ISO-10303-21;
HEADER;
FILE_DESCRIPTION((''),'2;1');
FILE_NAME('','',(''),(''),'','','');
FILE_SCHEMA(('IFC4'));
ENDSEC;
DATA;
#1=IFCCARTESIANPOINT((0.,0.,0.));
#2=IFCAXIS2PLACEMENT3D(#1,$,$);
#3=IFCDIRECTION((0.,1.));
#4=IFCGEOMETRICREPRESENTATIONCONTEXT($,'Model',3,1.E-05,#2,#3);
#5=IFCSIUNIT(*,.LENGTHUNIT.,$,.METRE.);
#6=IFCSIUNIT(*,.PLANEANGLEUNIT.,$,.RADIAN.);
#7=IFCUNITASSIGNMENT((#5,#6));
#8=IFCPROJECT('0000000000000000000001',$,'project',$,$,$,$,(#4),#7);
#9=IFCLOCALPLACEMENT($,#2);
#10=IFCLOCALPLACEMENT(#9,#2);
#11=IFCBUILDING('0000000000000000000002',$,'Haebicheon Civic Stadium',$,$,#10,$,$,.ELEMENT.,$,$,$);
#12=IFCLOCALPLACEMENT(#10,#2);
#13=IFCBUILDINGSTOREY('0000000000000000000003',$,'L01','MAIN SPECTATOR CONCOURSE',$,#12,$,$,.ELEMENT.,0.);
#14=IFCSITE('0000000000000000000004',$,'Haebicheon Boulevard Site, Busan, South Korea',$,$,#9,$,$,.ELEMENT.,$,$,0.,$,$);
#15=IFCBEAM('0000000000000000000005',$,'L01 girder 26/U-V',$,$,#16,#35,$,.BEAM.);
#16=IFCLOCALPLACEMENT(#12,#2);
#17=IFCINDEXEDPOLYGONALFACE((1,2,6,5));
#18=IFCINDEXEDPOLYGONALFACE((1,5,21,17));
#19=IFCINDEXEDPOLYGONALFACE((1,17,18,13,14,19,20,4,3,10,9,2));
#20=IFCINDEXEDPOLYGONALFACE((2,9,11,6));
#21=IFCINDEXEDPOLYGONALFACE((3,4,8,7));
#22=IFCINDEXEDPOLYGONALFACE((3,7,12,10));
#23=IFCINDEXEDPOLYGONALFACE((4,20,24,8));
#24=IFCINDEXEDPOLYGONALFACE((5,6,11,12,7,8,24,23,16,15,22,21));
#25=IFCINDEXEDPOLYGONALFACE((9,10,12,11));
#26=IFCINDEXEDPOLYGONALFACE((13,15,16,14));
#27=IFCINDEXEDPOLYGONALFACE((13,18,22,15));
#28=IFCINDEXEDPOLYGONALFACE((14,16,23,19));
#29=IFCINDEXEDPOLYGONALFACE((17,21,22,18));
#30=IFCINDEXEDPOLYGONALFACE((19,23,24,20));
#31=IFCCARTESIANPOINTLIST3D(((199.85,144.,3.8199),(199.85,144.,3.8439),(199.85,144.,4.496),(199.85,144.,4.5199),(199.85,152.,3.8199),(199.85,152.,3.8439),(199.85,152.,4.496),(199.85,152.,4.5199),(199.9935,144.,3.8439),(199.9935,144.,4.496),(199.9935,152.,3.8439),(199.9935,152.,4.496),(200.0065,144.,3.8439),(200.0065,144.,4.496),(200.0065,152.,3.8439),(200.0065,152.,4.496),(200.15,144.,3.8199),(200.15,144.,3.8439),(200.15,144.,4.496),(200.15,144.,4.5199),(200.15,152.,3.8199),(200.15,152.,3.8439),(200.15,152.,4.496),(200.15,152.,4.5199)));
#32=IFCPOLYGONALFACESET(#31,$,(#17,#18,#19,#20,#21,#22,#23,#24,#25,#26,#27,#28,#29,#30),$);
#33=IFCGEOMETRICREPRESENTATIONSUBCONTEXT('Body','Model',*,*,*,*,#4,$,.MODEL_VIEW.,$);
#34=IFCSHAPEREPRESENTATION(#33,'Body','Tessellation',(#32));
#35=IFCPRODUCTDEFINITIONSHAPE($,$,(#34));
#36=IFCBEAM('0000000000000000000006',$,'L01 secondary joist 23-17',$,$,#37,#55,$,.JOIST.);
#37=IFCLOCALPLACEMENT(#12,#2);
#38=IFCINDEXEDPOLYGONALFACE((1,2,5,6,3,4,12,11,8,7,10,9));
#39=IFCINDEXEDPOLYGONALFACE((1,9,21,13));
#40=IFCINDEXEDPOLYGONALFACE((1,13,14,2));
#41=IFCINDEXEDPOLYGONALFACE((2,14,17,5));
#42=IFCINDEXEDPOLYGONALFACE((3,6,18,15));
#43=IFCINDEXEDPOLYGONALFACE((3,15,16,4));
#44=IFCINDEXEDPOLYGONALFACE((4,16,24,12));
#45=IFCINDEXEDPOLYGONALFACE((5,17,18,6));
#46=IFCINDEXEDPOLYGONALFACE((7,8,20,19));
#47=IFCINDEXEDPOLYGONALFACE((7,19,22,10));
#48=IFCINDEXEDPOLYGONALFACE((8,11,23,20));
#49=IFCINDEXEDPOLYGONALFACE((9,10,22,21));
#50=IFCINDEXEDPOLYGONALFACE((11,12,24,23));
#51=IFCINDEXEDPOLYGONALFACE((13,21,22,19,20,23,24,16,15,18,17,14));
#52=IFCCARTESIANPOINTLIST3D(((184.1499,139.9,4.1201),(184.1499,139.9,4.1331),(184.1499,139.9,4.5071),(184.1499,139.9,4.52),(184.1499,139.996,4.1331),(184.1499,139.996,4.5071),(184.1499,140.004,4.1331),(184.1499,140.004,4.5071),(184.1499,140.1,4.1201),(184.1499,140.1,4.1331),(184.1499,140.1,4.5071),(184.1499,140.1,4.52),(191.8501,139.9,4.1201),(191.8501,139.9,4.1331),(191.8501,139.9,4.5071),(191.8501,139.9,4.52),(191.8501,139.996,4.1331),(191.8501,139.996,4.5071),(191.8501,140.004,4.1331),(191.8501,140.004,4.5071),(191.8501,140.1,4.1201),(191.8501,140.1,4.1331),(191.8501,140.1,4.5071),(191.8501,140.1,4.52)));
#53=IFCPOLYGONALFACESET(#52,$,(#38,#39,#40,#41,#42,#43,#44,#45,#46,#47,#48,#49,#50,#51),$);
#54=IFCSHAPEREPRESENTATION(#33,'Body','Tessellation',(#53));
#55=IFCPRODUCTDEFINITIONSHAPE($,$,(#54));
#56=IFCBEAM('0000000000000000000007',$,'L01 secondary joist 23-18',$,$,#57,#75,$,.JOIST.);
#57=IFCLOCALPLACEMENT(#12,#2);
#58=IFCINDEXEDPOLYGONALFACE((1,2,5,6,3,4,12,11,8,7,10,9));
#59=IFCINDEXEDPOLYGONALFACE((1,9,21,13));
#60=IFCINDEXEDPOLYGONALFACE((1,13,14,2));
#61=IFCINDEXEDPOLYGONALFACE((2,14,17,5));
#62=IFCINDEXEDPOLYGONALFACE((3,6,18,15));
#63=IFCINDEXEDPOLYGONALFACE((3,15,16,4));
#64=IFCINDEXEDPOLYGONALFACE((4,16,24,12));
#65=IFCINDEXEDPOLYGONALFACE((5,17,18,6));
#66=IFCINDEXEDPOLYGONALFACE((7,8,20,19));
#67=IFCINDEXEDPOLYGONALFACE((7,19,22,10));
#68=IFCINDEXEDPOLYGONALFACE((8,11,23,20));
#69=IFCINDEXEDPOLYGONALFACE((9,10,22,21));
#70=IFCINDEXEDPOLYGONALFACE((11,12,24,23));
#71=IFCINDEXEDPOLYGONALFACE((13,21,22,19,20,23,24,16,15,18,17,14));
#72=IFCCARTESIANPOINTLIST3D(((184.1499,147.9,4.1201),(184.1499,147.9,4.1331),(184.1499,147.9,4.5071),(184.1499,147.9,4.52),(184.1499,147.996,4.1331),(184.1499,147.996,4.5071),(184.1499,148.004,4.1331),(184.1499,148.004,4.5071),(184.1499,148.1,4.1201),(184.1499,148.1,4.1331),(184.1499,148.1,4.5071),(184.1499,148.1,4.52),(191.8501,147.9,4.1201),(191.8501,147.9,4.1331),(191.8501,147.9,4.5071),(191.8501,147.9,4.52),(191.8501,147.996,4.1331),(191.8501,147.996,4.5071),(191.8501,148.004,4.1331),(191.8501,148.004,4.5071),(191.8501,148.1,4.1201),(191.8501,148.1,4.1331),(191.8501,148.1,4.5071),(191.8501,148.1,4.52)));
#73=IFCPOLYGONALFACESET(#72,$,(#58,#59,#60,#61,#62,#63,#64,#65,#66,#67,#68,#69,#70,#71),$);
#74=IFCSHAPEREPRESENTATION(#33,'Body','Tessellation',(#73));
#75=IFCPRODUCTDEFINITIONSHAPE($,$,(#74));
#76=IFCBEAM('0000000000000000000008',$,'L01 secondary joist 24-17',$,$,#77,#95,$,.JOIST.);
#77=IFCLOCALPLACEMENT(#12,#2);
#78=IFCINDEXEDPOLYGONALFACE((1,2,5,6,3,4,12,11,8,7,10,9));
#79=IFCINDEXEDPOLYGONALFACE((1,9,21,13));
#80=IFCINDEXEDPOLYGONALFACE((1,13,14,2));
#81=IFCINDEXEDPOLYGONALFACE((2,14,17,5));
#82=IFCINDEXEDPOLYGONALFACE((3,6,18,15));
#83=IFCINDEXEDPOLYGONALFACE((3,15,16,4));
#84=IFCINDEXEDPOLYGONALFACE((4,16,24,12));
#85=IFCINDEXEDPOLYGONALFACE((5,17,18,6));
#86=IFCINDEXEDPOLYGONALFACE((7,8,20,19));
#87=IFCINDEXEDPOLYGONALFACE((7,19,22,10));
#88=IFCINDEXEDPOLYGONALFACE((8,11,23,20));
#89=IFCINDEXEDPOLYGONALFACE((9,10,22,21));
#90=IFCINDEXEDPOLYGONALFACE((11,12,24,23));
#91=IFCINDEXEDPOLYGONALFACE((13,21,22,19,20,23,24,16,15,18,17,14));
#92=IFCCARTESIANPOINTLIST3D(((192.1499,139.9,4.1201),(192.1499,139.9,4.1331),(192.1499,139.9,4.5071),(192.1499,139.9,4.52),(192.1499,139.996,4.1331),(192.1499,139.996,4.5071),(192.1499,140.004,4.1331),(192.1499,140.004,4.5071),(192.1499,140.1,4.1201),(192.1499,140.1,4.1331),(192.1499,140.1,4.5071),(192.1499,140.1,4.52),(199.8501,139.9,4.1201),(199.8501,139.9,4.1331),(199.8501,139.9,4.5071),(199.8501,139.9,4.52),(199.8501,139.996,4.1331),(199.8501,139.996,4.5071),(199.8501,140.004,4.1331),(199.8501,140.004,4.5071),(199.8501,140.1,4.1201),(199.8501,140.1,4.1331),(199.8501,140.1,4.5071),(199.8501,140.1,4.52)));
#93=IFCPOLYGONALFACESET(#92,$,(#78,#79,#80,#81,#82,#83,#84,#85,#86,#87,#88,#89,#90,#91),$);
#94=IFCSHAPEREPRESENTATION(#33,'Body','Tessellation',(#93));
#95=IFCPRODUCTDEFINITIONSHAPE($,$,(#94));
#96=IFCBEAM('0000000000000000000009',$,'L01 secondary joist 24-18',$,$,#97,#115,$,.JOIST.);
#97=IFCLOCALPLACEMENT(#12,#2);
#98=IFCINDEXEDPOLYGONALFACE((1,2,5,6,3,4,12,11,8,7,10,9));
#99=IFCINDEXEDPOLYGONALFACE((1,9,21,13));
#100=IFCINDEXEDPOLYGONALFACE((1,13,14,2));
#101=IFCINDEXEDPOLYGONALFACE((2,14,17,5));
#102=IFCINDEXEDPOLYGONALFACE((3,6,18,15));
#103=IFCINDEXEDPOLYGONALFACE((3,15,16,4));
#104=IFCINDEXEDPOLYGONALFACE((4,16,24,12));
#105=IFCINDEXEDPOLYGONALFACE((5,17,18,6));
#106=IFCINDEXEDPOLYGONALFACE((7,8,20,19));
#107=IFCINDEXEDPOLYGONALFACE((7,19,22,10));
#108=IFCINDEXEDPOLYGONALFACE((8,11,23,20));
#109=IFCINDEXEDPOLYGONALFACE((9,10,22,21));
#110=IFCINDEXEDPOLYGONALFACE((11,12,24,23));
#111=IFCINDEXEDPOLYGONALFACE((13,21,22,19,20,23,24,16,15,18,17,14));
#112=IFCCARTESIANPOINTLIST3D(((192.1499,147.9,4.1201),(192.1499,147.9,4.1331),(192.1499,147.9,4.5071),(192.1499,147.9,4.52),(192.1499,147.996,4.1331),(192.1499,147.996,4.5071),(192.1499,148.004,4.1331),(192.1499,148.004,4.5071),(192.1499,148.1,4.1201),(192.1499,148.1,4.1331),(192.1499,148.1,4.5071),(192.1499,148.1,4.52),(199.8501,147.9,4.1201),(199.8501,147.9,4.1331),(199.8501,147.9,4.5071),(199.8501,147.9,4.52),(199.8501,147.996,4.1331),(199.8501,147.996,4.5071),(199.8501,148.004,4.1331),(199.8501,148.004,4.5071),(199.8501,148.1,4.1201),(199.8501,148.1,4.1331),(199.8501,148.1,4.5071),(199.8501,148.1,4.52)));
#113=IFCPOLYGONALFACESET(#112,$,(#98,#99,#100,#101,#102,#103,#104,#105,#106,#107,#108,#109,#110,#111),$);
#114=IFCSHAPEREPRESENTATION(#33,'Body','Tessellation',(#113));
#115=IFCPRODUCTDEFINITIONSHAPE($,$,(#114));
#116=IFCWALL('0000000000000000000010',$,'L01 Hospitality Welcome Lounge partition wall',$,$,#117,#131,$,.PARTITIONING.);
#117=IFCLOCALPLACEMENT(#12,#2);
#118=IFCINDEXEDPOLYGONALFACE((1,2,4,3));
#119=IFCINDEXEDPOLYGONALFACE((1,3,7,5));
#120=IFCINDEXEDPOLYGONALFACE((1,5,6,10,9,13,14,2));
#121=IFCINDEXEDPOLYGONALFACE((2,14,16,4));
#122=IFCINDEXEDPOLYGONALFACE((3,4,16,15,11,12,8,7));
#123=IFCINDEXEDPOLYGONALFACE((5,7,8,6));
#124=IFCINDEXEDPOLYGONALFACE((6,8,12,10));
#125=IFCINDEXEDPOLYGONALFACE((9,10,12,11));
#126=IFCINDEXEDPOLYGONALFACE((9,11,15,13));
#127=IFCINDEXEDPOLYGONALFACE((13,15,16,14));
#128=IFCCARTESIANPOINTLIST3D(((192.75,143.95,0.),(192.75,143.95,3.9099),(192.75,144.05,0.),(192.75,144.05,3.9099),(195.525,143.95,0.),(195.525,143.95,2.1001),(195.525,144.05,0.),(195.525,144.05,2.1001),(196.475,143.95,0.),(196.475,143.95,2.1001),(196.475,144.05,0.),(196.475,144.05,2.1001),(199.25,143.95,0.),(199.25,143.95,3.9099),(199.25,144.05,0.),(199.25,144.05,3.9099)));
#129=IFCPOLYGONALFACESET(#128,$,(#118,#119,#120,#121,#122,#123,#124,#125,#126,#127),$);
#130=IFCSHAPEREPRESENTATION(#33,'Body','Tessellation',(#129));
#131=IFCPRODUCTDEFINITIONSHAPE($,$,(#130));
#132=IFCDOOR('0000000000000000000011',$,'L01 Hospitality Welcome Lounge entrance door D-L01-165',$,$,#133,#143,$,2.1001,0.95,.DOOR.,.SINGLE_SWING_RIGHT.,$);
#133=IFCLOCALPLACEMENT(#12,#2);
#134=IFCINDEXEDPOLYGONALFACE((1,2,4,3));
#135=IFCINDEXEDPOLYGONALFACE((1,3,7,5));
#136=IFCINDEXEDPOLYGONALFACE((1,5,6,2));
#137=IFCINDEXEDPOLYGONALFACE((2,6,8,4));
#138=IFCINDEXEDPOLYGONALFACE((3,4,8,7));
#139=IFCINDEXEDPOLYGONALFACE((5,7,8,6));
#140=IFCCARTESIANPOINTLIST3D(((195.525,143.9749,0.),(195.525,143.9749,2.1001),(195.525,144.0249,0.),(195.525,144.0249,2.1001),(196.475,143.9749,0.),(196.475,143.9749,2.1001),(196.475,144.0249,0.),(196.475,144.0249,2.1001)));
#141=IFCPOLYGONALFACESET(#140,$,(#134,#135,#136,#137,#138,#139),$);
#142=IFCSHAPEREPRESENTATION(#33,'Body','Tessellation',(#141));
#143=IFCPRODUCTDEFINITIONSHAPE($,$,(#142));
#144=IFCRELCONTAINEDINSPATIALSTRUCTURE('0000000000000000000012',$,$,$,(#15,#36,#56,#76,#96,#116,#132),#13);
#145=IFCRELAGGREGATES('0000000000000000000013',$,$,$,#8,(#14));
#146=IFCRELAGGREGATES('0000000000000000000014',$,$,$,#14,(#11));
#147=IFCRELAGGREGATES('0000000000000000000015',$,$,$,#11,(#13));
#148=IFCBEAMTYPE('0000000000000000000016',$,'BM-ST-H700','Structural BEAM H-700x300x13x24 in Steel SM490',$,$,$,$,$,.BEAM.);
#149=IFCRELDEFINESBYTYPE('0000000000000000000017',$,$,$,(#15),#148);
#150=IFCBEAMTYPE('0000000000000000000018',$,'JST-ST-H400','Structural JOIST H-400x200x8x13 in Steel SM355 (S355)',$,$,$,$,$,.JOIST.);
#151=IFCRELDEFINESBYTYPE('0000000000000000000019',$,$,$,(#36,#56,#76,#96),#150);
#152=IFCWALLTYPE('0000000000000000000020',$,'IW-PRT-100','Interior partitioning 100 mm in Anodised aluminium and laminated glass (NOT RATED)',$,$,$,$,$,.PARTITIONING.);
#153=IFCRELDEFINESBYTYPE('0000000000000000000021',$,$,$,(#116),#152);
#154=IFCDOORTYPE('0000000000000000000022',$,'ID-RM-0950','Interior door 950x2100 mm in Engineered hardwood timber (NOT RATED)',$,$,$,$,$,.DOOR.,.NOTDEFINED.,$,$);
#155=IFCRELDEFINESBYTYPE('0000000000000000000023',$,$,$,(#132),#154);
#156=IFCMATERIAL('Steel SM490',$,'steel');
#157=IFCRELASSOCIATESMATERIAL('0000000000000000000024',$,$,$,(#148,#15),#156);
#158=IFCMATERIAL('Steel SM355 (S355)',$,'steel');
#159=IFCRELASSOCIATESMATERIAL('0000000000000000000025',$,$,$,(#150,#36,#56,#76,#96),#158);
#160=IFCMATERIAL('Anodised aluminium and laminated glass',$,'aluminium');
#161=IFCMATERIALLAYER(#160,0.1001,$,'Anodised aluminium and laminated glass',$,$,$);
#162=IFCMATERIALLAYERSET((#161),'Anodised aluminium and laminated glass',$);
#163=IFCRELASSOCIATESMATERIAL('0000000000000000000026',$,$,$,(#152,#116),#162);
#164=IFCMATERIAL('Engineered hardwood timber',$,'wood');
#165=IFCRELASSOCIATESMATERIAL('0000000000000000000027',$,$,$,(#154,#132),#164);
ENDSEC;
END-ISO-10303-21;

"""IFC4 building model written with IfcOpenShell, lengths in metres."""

from ifc_helpers import new_model, si_unit, direction, frame, frame_2d, origin, origin_2d, place, context, subcontext, project, spatial, rectangle, i_section, extrude, material, layer, layer_set, material_profile, profile_set, type_object, element, fill, save


model = new_model("IFC4")

# Units and contexts
model_context = context("Model", 3, precision=1e-05, world=origin(), true_north=direction((0.0, 1.0)))
body_context = subcontext(model_context, "Body", "Model", "MODEL_VIEW")
ifc_project = project(units=[si_unit("LENGTHUNIT", "METRE"), si_unit("PLANEANGLEUNIT", "RADIAN")], contexts=[model_context])

# Site, building, storey
site_placement = place(None, origin())
site = spatial("IfcSite", under=ifc_project, at=site_placement, Name="Haebicheon Boulevard Site, Busan, South Korea", CompositionType="ELEMENT", RefElevation=0.0)
building_placement = place(site_placement, origin())
building = spatial("IfcBuilding", under=site, at=building_placement, Name="Haebicheon Civic Stadium", CompositionType="ELEMENT")
storey_placement = place(building_placement, origin())
storey = spatial("IfcBuildingStorey", under=building, at=storey_placement, Name="L01", Description="MAIN SPECTATOR CONCOURSE", CompositionType="ELEMENT", Elevation=0.0)

# Beams
ifc_material_1 = material(Name="Steel SM490", Category="steel")
ifc_material_profile_1 = material_profile(ifc_material_1, i_section(OverallWidth=0.3, OverallDepth=0.7, WebThickness=0.0129, FlangeThickness=0.0239, at=origin_2d()), Name="H-700x300x13x24")
ifc_profile_set_1 = profile_set([ifc_material_profile_1], Name="Steel SM490")
beam_type_1 = type_object("IfcBeamType", Name="BM-ST-H700", Description="Structural BEAM H-700x300x13x24 in Steel SM490", PredefinedType="BEAM", material=ifc_profile_set_1)
for number, where, z_axis, x_axis, name in (
    (1, (200.0, 144.0, 4.1699), (0.0, 1.0, 0.0), (-1.0, 0.0, 0.0), "L01 girder 26/U-V"),
):
    element("IfcBeam", number, at=place(storey_placement, frame(where, z_axis=z_axis, x_axis=x_axis)), inside=storey, type_object=beam_type_1, material=ifc_profile_set_1, Name=name, PredefinedType="BEAM", context=body_context, shape_type="SweptSolid", body=[
        extrude(i_section(OverallWidth=0.3, OverallDepth=0.7, WebThickness=0.0129, FlangeThickness=0.0239, at=origin_2d()), origin(), (0.0, 0.0, 1.0), 8.0),
    ])
ifc_material_2 = material(Name="Steel SM355 (S355)", Category="steel")
ifc_material_profile_2 = material_profile(ifc_material_2, i_section(OverallWidth=0.2, OverallDepth=0.3999, WebThickness=0.0081, FlangeThickness=0.0129, at=origin_2d()), Name="H-400x200x8x13")
ifc_profile_set_2 = profile_set([ifc_material_profile_2], Name="Steel SM355 (S355)")
beam_type_2 = type_object("IfcBeamType", Name="JST-ST-H400", Description="Structural JOIST H-400x200x8x13 in Steel SM355 (S355)", PredefinedType="JOIST", material=ifc_profile_set_2)
for number, where, z_axis, x_axis, name in (
    (2, (184.1499, 140.0, 4.3201), (1.0, 0.0, 0.0), (0.0, 1.0, 0.0), "L01 secondary joist 23-17"),
    (3, (184.1499, 148.0, 4.3201), (1.0, 0.0, 0.0), (0.0, 1.0, 0.0), "L01 secondary joist 23-18"),
    (4, (192.1499, 140.0, 4.3201), (1.0, 0.0, 0.0), (0.0, 1.0, 0.0), "L01 secondary joist 24-17"),
    (5, (192.1499, 148.0, 4.3201), (1.0, 0.0, 0.0), (0.0, 1.0, 0.0), "L01 secondary joist 24-18"),
):
    element("IfcBeam", number, at=place(storey_placement, frame(where, z_axis=z_axis, x_axis=x_axis)), inside=storey, type_object=beam_type_2, material=ifc_profile_set_2, Name=name, PredefinedType="JOIST", context=body_context, shape_type="SweptSolid", body=[
        extrude(i_section(OverallWidth=0.2, OverallDepth=0.3999, WebThickness=0.0081, FlangeThickness=0.0129, at=origin_2d()), origin(), (0.0, 0.0, 1.0), 7.7002),
    ])

# Wall, opening, door
ifc_material_3 = material(Name="Anodised aluminium and laminated glass", Category="aluminium")
ifc_layer = layer(ifc_material_3, 0.1001, Name="Anodised aluminium and laminated glass")
ifc_layer_set = layer_set([ifc_layer], Name="Anodised aluminium and laminated glass")
wall_type = type_object("IfcWallType", Name="IW-PRT-100", Description="Interior partitioning 100 mm in Anodised aluminium and laminated glass (NOT RATED)", PredefinedType="PARTITIONING", material=ifc_layer_set)
wall_placement = place(storey_placement, frame((192.75, 144.0, 0.0), z_axis=(0.0, 0.0, 1.0), x_axis=(1.0, 0.0, 0.0)))
wall = element("IfcWall", 6, at=wall_placement, inside=storey, type_object=wall_type, material=ifc_layer_set, Name="L01 Hospitality Welcome Lounge partition wall", PredefinedType="PARTITIONING", context=body_context, shape_type="SweptSolid", body=[
    extrude(rectangle(XDim=6.5, YDim=0.1001, at=frame_2d((3.25, 0.0))), origin(), (0.0, 0.0, 1.0), 3.9099),
])
opening_placement = place(wall_placement, frame((2.7749, 0.0, 0.0)))
opening = element("IfcOpeningElement", 7, at=opening_placement, cuts=wall, PredefinedType="OPENING", context=body_context, shape_type="SweptSolid", body=[
    extrude(rectangle(XDim=0.95, YDim=2.1001, at=frame_2d((0.4751, 1.05))), frame((0.0, 0.0601, 0.0), z_axis=(0.0, -1.0, 0.0), x_axis=(1.0, 0.0, 0.0)), (0.0, 0.0, 1.0), 0.1201),
])
ifc_material_4 = material(Name="Engineered hardwood timber", Category="wood")
door_type = type_object("IfcDoorType", Name="ID-RM-0950", Description="Interior door 950x2100 mm in Engineered hardwood timber (NOT RATED)", OperationType="NOTDEFINED", PredefinedType="DOOR", material=ifc_material_4)
door_placement = place(opening_placement, origin())
door = element("IfcDoor", 8, at=door_placement, inside=storey, type_object=door_type, material=ifc_material_4, Name="L01 Hospitality Welcome Lounge entrance door D-L01-165", OperationType="SINGLE_SWING_RIGHT", OverallHeight=2.1001, OverallWidth=0.95, PredefinedType="DOOR", context=body_context, shape_type="SweptSolid", body=[
    extrude(rectangle(XDim=0.95, YDim=2.1001, at=frame_2d((0.4751, 1.05))), frame((0.0, 0.0249, 0.0), z_axis=(0.0, -1.0, 0.0), x_axis=(1.0, 0.0, 0.0)), (0.0, 0.0, 1.0), 0.05),
])
fill(opening, door)

save(model, "model.ifc")
